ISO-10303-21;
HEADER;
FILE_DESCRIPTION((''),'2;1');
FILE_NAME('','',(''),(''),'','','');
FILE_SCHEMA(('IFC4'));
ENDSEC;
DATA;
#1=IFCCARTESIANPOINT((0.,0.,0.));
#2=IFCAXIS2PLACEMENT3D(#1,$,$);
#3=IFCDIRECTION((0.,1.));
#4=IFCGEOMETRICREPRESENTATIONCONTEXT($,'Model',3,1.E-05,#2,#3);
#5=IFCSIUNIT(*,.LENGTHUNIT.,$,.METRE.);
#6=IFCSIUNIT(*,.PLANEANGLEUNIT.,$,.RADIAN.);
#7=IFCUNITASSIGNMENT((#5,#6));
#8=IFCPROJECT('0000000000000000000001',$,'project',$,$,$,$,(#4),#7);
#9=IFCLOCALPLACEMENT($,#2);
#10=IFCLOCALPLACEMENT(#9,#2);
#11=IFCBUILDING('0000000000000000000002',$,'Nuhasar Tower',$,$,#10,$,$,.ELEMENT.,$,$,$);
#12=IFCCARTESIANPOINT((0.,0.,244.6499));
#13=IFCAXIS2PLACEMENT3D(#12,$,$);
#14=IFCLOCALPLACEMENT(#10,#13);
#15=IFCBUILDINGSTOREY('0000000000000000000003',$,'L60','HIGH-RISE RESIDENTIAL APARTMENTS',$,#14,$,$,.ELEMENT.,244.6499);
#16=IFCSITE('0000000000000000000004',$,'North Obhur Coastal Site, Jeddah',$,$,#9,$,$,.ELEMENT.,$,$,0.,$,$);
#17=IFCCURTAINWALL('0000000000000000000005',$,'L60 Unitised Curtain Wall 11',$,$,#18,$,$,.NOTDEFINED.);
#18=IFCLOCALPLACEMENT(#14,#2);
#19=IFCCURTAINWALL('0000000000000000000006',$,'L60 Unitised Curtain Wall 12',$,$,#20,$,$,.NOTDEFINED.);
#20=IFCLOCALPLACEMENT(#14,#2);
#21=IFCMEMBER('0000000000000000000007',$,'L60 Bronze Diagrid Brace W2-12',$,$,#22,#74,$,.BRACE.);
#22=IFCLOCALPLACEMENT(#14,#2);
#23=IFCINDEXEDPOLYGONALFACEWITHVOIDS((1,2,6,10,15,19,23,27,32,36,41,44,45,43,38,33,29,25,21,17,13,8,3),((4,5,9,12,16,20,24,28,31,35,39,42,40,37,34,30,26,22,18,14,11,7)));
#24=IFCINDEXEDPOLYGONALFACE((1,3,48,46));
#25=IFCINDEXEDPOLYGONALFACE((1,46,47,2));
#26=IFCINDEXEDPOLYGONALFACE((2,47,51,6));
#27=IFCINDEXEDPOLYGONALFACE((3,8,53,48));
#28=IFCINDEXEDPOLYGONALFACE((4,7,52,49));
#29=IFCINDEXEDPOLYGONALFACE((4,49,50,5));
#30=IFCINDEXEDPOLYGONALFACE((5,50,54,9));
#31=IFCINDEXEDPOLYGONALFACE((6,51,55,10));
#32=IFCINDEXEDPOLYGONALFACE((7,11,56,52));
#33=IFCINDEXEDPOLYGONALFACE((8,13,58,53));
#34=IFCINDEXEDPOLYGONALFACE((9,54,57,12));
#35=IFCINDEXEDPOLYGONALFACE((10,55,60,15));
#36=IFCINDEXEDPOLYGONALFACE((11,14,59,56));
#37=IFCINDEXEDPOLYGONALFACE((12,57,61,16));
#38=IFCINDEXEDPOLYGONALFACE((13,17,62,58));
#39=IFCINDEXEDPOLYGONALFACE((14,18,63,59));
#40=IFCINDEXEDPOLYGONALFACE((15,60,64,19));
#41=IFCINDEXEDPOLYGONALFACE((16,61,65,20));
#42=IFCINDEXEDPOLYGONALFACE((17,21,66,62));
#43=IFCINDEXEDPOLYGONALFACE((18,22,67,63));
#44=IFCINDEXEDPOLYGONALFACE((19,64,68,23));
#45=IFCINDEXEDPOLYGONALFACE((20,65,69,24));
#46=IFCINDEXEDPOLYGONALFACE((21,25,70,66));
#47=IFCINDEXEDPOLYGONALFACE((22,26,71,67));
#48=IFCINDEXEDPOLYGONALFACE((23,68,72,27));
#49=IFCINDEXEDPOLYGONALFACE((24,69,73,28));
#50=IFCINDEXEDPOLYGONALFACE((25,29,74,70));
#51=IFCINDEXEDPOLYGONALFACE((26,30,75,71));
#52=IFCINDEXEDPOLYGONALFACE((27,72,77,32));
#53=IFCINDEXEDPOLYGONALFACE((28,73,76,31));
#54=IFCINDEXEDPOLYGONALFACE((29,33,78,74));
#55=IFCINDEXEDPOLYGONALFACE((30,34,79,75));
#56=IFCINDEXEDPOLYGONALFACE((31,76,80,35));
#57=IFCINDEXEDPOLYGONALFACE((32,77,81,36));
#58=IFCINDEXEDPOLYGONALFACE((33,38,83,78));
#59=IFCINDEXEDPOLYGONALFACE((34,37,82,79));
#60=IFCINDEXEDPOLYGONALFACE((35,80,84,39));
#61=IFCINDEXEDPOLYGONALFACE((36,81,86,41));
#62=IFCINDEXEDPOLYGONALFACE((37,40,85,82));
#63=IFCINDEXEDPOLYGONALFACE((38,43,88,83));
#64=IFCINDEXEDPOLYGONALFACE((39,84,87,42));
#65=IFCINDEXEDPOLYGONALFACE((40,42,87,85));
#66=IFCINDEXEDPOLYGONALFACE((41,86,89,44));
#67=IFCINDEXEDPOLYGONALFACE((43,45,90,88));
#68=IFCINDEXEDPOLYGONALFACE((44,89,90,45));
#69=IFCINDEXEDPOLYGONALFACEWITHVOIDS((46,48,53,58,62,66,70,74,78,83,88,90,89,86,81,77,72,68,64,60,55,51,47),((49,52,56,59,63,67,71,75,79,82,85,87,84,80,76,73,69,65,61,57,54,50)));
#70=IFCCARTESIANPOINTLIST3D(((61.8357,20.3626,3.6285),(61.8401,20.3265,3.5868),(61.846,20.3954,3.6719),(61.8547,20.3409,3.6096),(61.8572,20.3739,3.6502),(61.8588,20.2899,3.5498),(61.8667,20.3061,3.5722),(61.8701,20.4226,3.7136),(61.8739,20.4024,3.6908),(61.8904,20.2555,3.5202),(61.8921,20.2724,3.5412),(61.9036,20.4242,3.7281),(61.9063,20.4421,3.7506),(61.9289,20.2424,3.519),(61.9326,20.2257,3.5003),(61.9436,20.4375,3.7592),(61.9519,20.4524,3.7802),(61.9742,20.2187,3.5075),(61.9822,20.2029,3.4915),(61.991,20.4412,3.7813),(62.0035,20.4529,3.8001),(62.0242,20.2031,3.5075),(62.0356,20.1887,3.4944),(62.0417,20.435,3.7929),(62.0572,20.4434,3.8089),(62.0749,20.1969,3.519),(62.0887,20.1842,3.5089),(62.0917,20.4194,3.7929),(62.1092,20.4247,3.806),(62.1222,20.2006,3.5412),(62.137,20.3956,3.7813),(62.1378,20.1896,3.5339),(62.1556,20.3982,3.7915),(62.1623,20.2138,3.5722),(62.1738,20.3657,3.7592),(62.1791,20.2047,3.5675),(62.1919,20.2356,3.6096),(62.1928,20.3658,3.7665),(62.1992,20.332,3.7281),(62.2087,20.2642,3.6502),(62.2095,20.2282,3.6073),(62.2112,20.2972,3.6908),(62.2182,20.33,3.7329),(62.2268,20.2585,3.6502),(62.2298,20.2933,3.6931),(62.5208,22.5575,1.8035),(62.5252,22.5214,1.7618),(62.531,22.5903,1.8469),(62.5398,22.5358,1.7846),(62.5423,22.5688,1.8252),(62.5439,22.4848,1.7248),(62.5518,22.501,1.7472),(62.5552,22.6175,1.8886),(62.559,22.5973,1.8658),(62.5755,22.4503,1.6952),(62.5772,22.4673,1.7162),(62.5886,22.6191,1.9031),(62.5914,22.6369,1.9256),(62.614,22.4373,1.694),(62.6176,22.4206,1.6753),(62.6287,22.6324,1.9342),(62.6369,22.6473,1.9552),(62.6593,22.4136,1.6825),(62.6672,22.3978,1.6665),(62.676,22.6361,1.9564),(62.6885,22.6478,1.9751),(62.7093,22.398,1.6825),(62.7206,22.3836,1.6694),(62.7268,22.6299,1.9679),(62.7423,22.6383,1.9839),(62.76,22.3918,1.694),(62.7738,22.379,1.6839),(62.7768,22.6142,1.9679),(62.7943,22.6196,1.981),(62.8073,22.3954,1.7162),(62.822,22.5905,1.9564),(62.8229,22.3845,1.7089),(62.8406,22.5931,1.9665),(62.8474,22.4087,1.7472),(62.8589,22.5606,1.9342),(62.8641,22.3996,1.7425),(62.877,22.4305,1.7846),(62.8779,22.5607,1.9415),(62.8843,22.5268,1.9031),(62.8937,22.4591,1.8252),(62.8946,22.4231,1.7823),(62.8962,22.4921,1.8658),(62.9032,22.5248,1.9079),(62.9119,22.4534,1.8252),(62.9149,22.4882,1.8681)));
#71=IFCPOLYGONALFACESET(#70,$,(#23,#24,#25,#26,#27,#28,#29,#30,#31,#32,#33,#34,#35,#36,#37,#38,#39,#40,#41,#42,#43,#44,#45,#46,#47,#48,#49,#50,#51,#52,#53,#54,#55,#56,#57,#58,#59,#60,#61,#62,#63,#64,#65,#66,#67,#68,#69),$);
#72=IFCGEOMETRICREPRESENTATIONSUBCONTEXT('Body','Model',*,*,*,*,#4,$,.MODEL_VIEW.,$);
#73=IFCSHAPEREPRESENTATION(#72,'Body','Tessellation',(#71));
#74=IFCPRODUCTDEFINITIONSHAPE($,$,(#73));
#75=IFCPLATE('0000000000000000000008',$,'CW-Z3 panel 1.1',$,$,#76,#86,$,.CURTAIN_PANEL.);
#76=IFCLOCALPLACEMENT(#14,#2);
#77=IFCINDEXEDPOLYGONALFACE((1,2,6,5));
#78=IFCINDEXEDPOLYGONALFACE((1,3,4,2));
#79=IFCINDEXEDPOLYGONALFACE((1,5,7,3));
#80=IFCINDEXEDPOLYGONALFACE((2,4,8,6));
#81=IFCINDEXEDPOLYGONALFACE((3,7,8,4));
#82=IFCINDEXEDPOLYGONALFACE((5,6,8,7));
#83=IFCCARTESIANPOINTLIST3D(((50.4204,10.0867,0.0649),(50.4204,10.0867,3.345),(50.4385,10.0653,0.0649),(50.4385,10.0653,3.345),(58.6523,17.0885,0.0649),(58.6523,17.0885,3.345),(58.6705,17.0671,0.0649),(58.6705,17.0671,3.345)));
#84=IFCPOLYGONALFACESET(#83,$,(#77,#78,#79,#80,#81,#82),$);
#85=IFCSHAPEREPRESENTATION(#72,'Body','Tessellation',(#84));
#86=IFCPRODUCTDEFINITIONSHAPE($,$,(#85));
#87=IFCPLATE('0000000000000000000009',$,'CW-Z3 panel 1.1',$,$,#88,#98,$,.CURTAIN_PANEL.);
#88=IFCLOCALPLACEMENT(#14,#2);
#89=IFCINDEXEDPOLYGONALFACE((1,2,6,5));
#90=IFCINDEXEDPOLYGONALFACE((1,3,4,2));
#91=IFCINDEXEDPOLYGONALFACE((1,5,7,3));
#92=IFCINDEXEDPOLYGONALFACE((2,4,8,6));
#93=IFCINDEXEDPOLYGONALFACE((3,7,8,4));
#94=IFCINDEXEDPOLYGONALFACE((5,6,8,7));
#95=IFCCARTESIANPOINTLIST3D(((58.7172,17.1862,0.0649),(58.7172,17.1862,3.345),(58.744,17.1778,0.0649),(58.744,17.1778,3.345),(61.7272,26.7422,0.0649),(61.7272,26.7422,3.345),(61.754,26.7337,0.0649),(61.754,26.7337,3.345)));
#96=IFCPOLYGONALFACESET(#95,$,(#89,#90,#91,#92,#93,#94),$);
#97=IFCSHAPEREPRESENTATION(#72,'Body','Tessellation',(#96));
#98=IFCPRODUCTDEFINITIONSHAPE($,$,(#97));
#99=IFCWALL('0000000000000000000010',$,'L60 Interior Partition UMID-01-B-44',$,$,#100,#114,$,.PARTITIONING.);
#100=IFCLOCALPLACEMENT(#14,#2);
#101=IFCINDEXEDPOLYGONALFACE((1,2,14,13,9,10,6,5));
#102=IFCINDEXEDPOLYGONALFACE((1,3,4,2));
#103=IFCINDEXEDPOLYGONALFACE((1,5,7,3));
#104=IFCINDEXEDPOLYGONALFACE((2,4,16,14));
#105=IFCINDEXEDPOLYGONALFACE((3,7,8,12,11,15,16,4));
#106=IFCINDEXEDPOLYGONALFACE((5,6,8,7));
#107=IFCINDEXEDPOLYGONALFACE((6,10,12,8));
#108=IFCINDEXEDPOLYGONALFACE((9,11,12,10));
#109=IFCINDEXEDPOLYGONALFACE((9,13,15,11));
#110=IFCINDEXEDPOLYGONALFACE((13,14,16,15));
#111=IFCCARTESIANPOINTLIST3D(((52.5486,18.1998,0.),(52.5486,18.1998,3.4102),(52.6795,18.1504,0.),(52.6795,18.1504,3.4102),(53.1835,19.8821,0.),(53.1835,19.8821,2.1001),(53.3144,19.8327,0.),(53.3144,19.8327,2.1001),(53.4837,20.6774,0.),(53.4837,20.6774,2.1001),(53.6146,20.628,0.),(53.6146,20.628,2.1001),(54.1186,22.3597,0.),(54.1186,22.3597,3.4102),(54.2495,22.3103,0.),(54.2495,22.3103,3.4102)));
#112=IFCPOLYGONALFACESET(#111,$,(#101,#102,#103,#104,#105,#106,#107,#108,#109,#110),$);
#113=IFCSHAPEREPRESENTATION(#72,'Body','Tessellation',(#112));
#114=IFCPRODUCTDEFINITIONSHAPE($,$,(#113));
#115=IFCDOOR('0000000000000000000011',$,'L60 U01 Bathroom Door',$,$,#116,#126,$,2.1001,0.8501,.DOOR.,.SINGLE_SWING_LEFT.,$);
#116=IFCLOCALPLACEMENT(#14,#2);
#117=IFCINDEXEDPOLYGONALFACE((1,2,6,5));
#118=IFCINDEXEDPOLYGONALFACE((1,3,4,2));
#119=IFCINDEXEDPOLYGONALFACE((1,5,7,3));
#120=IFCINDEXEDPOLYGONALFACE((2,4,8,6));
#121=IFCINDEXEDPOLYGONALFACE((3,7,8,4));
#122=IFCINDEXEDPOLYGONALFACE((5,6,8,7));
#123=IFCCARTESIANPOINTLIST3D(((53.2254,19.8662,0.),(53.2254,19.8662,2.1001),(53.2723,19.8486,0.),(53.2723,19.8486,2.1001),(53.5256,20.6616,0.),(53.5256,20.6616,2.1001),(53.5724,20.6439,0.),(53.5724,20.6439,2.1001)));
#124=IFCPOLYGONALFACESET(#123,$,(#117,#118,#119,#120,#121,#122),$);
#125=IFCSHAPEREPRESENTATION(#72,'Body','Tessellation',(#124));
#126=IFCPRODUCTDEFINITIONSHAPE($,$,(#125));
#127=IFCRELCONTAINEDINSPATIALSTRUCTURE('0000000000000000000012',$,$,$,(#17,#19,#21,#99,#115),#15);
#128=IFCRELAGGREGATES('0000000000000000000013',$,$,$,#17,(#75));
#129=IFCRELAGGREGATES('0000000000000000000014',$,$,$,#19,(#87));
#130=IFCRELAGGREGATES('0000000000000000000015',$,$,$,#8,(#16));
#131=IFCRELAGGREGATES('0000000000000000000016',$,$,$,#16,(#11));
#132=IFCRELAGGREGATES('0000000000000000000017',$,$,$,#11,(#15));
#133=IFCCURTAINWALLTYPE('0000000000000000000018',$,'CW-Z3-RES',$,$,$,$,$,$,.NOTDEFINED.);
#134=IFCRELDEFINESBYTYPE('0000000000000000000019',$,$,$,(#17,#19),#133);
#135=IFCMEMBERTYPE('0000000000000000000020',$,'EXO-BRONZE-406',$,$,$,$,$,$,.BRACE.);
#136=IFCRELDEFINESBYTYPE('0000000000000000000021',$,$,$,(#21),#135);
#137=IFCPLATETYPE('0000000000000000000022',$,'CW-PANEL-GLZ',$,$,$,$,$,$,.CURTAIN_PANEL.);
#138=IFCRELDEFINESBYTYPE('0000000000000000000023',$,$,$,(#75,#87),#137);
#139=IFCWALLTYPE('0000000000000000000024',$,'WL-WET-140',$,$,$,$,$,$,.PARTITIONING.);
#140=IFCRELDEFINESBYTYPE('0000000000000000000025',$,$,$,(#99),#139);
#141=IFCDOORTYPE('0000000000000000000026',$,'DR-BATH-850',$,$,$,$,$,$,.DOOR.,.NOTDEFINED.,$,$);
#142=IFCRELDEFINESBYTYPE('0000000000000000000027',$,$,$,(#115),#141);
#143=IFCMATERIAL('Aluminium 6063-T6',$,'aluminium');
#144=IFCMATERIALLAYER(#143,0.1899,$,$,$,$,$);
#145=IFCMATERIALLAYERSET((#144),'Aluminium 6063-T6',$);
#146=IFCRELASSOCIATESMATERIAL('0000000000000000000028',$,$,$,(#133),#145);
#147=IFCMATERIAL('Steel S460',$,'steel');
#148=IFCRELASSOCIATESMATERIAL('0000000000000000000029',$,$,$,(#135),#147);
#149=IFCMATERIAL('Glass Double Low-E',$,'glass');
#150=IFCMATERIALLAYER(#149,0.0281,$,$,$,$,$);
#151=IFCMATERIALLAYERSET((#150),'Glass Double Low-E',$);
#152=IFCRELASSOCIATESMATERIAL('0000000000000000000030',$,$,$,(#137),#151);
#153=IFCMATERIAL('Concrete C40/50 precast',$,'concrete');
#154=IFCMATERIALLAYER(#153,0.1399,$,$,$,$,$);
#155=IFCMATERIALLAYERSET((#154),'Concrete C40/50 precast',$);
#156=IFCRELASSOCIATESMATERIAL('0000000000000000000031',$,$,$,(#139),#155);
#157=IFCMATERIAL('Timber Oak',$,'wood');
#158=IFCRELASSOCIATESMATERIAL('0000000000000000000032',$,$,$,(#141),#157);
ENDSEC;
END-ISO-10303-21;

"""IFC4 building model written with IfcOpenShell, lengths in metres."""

from ifc_helpers import new_model, si_unit, direction, frame, frame_2d, origin, origin_2d, place, context, subcontext, project, spatial, rectangle, hollow_circle, extrude, material, layer, layer_set, material_profile, profile_set, type_object, element, fill, aggregate, save


model = new_model("IFC4")

# Units and contexts
model_context = context("Model", 3, precision=1e-05, world=origin(), true_north=direction((0.0, 1.0)))
body_context = subcontext(model_context, "Body", "Model", "MODEL_VIEW")
ifc_project = project(units=[si_unit("LENGTHUNIT", "METRE"), si_unit("PLANEANGLEUNIT", "RADIAN")], contexts=[model_context])

# Site, building, storey
site_placement = place(None, origin())
site = spatial("IfcSite", under=ifc_project, at=site_placement, Name="North Obhur Coastal Site, Jeddah", CompositionType="ELEMENT", RefElevation=0.0)
building_placement = place(site_placement, origin())
building = spatial("IfcBuilding", under=site, at=building_placement, Name="Nuhasar Tower", CompositionType="ELEMENT")
storey_placement = place(building_placement, frame((0.0, 0.0, 244.6499)))
storey = spatial("IfcBuildingStorey", under=building, at=storey_placement, Name="L60", Description="HIGH-RISE RESIDENTIAL APARTMENTS", CompositionType="ELEMENT", Elevation=244.6499)

# Curtain wall
ifc_material_1 = material(Name="Aluminium 6063-T6", Category="aluminium")
ifc_layer_1 = layer(ifc_material_1, 0.1899)
ifc_layer_set_1 = layer_set([ifc_layer_1], Name="Aluminium 6063-T6")
curtain_wall_type = type_object("IfcCurtainWallType", Name="CW-Z3-RES", PredefinedType="NOTDEFINED", material=ifc_layer_set_1)
curtain_wall_1_placement = place(storey_placement, origin())
curtain_wall_1 = element("IfcCurtainWall", 1, at=curtain_wall_1_placement, inside=storey, type_object=curtain_wall_type, Name="L60 Unitised Curtain Wall 11", PredefinedType="NOTDEFINED")

# Curtain wall
curtain_wall_2_placement = place(storey_placement, origin())
curtain_wall_2 = element("IfcCurtainWall", 2, at=curtain_wall_2_placement, inside=storey, type_object=curtain_wall_type, Name="L60 Unitised Curtain Wall 12", PredefinedType="NOTDEFINED")

# Member
ifc_material_2 = material(Name="Steel S460", Category="steel")
ifc_material_profile_1 = material_profile(ifc_material_2, hollow_circle(Radius=0.2031, WallThickness=0.019, at=origin_2d()), Name="HSS406.4X19.1")
ifc_profile_set_1 = profile_set([ifc_material_profile_1], Name="Steel S460")
member_type_1 = type_object("IfcMemberType", Name="EXO-BRONZE-406", PredefinedType="BRACE", material=ifc_profile_set_1)
for number, where, z_axis, x_axis, name in (
    (3, (62.718, 22.5139, 1.8252), (-0.233372, -0.74769, 0.621689), (0.954582, -0.297948, 0.0), "L60 Bronze Diagrid Brace W2-12"),
):
    element("IfcMember", number, at=place(storey_placement, frame(where, z_axis=z_axis, x_axis=x_axis)), inside=storey, type_object=member_type_1, Name=name, PredefinedType="BRACE", context=body_context, shape_type="SweptSolid", body=[
        extrude(hollow_circle(Radius=0.2031, WallThickness=0.019, at=origin_2d()), origin(), (0.0, 0.0, 1.0), 2.9355),
    ])

# Plates
ifc_material_3 = material(Name="Glass Double Low-E", Category="glass")
ifc_layer_2 = layer(ifc_material_3, 0.0281)
ifc_layer_set_2 = layer_set([ifc_layer_2], Name="Glass Double Low-E")
plate_type = type_object("IfcPlateType", Name="CW-PANEL-GLZ", PredefinedType="CURTAIN_PANEL", material=ifc_layer_set_2)
plate_1_placement = place(storey_placement, frame((54.5454, 13.5769, 0.0649), z_axis=(0.0, 0.0, 1.0), x_axis=(0.761729, 0.647895, 0.0)))
plate_1 = element("IfcPlate", 4, at=plate_1_placement, type_object=plate_type, Name="CW-Z3 panel 1.1", PredefinedType="CURTAIN_PANEL", context=body_context, shape_type="SweptSolid", body=[
    extrude(rectangle(XDim=10.8069, YDim=0.0281, at=origin_2d()), origin(), (0.0, 0.0, 1.0), 3.28),
])
aggregate(curtain_wall_1, [plate_1])
plate_2_placement = place(storey_placement, frame((60.2356, 21.96, 0.0649), z_axis=(0.0, 0.0, 1.0), x_axis=(0.300429, 0.953804, 0.0)))
plate_2 = element("IfcPlate", 5, at=plate_2_placement, type_object=plate_type, Name="CW-Z3 panel 1.1", PredefinedType="CURTAIN_PANEL", context=body_context, shape_type="SweptSolid", body=[
    extrude(rectangle(XDim=10.0188, YDim=0.0281, at=origin_2d()), origin(), (0.0, 0.0, 1.0), 3.28),
])
aggregate(curtain_wall_2, [plate_2])

# Wall, opening, door
ifc_material_4 = material(Name="Concrete C40/50 precast", Category="concrete")
ifc_layer_3 = layer(ifc_material_4, 0.1399)
ifc_layer_set_3 = layer_set([ifc_layer_3], Name="Concrete C40/50 precast")
wall_type = type_object("IfcWallType", Name="WL-WET-140", PredefinedType="PARTITIONING", material=ifc_layer_set_3)
wall_placement = place(storey_placement, frame((54.1841, 22.335, 0.0), z_axis=(0.0, 0.0, 1.0), x_axis=(-0.353114, -0.93558, 0.0)))
wall = element("IfcWall", 6, at=wall_placement, inside=storey, type_object=wall_type, Name="L60 Interior Partition UMID-01-B-44", PredefinedType="PARTITIONING", context=body_context, shape_type="SweptSolid", body=[
    extrude(rectangle(XDim=4.4463, YDim=0.1399, at=frame_2d((2.2231, 0.0))), origin(), (0.0, 0.0, 1.0), 3.4102),
])
opening_placement = place(wall_placement, frame((1.7981, 0.0, 0.0)))
opening = element("IfcOpeningElement", 7, at=opening_placement, cuts=wall, PredefinedType="OPENING", context=body_context, shape_type="SweptSolid", body=[
    extrude(rectangle(XDim=0.8501, YDim=2.1001, at=frame_2d((0.425, 1.05))), frame((0.0, 0.0801, 0.0), z_axis=(0.0, -1.0, 0.0), x_axis=(1.0, 0.0, 0.0)), (0.0, 0.0, 1.0), 0.1599),
])
ifc_material_5 = material(Name="Timber Oak", Category="wood")
door_type = type_object("IfcDoorType", Name="DR-BATH-850", OperationType="NOTDEFINED", PredefinedType="DOOR", material=ifc_material_5)
door_placement = place(opening_placement, origin())
door = element("IfcDoor", 8, at=door_placement, inside=storey, type_object=door_type, Name="L60 U01 Bathroom Door", OperationType="SINGLE_SWING_LEFT", OverallHeight=2.1001, OverallWidth=0.8501, PredefinedType="DOOR", context=body_context, shape_type="SweptSolid", body=[
    extrude(rectangle(XDim=0.8501, YDim=2.1001, at=frame_2d((0.425, 1.05))), frame((0.0, 0.0249, 0.0), z_axis=(0.0, -1.0, 0.0), x_axis=(1.0, 0.0, 0.0)), (0.0, 0.0, 1.0), 0.05),
])
fill(opening, door)

save(model, "model.ifc")
